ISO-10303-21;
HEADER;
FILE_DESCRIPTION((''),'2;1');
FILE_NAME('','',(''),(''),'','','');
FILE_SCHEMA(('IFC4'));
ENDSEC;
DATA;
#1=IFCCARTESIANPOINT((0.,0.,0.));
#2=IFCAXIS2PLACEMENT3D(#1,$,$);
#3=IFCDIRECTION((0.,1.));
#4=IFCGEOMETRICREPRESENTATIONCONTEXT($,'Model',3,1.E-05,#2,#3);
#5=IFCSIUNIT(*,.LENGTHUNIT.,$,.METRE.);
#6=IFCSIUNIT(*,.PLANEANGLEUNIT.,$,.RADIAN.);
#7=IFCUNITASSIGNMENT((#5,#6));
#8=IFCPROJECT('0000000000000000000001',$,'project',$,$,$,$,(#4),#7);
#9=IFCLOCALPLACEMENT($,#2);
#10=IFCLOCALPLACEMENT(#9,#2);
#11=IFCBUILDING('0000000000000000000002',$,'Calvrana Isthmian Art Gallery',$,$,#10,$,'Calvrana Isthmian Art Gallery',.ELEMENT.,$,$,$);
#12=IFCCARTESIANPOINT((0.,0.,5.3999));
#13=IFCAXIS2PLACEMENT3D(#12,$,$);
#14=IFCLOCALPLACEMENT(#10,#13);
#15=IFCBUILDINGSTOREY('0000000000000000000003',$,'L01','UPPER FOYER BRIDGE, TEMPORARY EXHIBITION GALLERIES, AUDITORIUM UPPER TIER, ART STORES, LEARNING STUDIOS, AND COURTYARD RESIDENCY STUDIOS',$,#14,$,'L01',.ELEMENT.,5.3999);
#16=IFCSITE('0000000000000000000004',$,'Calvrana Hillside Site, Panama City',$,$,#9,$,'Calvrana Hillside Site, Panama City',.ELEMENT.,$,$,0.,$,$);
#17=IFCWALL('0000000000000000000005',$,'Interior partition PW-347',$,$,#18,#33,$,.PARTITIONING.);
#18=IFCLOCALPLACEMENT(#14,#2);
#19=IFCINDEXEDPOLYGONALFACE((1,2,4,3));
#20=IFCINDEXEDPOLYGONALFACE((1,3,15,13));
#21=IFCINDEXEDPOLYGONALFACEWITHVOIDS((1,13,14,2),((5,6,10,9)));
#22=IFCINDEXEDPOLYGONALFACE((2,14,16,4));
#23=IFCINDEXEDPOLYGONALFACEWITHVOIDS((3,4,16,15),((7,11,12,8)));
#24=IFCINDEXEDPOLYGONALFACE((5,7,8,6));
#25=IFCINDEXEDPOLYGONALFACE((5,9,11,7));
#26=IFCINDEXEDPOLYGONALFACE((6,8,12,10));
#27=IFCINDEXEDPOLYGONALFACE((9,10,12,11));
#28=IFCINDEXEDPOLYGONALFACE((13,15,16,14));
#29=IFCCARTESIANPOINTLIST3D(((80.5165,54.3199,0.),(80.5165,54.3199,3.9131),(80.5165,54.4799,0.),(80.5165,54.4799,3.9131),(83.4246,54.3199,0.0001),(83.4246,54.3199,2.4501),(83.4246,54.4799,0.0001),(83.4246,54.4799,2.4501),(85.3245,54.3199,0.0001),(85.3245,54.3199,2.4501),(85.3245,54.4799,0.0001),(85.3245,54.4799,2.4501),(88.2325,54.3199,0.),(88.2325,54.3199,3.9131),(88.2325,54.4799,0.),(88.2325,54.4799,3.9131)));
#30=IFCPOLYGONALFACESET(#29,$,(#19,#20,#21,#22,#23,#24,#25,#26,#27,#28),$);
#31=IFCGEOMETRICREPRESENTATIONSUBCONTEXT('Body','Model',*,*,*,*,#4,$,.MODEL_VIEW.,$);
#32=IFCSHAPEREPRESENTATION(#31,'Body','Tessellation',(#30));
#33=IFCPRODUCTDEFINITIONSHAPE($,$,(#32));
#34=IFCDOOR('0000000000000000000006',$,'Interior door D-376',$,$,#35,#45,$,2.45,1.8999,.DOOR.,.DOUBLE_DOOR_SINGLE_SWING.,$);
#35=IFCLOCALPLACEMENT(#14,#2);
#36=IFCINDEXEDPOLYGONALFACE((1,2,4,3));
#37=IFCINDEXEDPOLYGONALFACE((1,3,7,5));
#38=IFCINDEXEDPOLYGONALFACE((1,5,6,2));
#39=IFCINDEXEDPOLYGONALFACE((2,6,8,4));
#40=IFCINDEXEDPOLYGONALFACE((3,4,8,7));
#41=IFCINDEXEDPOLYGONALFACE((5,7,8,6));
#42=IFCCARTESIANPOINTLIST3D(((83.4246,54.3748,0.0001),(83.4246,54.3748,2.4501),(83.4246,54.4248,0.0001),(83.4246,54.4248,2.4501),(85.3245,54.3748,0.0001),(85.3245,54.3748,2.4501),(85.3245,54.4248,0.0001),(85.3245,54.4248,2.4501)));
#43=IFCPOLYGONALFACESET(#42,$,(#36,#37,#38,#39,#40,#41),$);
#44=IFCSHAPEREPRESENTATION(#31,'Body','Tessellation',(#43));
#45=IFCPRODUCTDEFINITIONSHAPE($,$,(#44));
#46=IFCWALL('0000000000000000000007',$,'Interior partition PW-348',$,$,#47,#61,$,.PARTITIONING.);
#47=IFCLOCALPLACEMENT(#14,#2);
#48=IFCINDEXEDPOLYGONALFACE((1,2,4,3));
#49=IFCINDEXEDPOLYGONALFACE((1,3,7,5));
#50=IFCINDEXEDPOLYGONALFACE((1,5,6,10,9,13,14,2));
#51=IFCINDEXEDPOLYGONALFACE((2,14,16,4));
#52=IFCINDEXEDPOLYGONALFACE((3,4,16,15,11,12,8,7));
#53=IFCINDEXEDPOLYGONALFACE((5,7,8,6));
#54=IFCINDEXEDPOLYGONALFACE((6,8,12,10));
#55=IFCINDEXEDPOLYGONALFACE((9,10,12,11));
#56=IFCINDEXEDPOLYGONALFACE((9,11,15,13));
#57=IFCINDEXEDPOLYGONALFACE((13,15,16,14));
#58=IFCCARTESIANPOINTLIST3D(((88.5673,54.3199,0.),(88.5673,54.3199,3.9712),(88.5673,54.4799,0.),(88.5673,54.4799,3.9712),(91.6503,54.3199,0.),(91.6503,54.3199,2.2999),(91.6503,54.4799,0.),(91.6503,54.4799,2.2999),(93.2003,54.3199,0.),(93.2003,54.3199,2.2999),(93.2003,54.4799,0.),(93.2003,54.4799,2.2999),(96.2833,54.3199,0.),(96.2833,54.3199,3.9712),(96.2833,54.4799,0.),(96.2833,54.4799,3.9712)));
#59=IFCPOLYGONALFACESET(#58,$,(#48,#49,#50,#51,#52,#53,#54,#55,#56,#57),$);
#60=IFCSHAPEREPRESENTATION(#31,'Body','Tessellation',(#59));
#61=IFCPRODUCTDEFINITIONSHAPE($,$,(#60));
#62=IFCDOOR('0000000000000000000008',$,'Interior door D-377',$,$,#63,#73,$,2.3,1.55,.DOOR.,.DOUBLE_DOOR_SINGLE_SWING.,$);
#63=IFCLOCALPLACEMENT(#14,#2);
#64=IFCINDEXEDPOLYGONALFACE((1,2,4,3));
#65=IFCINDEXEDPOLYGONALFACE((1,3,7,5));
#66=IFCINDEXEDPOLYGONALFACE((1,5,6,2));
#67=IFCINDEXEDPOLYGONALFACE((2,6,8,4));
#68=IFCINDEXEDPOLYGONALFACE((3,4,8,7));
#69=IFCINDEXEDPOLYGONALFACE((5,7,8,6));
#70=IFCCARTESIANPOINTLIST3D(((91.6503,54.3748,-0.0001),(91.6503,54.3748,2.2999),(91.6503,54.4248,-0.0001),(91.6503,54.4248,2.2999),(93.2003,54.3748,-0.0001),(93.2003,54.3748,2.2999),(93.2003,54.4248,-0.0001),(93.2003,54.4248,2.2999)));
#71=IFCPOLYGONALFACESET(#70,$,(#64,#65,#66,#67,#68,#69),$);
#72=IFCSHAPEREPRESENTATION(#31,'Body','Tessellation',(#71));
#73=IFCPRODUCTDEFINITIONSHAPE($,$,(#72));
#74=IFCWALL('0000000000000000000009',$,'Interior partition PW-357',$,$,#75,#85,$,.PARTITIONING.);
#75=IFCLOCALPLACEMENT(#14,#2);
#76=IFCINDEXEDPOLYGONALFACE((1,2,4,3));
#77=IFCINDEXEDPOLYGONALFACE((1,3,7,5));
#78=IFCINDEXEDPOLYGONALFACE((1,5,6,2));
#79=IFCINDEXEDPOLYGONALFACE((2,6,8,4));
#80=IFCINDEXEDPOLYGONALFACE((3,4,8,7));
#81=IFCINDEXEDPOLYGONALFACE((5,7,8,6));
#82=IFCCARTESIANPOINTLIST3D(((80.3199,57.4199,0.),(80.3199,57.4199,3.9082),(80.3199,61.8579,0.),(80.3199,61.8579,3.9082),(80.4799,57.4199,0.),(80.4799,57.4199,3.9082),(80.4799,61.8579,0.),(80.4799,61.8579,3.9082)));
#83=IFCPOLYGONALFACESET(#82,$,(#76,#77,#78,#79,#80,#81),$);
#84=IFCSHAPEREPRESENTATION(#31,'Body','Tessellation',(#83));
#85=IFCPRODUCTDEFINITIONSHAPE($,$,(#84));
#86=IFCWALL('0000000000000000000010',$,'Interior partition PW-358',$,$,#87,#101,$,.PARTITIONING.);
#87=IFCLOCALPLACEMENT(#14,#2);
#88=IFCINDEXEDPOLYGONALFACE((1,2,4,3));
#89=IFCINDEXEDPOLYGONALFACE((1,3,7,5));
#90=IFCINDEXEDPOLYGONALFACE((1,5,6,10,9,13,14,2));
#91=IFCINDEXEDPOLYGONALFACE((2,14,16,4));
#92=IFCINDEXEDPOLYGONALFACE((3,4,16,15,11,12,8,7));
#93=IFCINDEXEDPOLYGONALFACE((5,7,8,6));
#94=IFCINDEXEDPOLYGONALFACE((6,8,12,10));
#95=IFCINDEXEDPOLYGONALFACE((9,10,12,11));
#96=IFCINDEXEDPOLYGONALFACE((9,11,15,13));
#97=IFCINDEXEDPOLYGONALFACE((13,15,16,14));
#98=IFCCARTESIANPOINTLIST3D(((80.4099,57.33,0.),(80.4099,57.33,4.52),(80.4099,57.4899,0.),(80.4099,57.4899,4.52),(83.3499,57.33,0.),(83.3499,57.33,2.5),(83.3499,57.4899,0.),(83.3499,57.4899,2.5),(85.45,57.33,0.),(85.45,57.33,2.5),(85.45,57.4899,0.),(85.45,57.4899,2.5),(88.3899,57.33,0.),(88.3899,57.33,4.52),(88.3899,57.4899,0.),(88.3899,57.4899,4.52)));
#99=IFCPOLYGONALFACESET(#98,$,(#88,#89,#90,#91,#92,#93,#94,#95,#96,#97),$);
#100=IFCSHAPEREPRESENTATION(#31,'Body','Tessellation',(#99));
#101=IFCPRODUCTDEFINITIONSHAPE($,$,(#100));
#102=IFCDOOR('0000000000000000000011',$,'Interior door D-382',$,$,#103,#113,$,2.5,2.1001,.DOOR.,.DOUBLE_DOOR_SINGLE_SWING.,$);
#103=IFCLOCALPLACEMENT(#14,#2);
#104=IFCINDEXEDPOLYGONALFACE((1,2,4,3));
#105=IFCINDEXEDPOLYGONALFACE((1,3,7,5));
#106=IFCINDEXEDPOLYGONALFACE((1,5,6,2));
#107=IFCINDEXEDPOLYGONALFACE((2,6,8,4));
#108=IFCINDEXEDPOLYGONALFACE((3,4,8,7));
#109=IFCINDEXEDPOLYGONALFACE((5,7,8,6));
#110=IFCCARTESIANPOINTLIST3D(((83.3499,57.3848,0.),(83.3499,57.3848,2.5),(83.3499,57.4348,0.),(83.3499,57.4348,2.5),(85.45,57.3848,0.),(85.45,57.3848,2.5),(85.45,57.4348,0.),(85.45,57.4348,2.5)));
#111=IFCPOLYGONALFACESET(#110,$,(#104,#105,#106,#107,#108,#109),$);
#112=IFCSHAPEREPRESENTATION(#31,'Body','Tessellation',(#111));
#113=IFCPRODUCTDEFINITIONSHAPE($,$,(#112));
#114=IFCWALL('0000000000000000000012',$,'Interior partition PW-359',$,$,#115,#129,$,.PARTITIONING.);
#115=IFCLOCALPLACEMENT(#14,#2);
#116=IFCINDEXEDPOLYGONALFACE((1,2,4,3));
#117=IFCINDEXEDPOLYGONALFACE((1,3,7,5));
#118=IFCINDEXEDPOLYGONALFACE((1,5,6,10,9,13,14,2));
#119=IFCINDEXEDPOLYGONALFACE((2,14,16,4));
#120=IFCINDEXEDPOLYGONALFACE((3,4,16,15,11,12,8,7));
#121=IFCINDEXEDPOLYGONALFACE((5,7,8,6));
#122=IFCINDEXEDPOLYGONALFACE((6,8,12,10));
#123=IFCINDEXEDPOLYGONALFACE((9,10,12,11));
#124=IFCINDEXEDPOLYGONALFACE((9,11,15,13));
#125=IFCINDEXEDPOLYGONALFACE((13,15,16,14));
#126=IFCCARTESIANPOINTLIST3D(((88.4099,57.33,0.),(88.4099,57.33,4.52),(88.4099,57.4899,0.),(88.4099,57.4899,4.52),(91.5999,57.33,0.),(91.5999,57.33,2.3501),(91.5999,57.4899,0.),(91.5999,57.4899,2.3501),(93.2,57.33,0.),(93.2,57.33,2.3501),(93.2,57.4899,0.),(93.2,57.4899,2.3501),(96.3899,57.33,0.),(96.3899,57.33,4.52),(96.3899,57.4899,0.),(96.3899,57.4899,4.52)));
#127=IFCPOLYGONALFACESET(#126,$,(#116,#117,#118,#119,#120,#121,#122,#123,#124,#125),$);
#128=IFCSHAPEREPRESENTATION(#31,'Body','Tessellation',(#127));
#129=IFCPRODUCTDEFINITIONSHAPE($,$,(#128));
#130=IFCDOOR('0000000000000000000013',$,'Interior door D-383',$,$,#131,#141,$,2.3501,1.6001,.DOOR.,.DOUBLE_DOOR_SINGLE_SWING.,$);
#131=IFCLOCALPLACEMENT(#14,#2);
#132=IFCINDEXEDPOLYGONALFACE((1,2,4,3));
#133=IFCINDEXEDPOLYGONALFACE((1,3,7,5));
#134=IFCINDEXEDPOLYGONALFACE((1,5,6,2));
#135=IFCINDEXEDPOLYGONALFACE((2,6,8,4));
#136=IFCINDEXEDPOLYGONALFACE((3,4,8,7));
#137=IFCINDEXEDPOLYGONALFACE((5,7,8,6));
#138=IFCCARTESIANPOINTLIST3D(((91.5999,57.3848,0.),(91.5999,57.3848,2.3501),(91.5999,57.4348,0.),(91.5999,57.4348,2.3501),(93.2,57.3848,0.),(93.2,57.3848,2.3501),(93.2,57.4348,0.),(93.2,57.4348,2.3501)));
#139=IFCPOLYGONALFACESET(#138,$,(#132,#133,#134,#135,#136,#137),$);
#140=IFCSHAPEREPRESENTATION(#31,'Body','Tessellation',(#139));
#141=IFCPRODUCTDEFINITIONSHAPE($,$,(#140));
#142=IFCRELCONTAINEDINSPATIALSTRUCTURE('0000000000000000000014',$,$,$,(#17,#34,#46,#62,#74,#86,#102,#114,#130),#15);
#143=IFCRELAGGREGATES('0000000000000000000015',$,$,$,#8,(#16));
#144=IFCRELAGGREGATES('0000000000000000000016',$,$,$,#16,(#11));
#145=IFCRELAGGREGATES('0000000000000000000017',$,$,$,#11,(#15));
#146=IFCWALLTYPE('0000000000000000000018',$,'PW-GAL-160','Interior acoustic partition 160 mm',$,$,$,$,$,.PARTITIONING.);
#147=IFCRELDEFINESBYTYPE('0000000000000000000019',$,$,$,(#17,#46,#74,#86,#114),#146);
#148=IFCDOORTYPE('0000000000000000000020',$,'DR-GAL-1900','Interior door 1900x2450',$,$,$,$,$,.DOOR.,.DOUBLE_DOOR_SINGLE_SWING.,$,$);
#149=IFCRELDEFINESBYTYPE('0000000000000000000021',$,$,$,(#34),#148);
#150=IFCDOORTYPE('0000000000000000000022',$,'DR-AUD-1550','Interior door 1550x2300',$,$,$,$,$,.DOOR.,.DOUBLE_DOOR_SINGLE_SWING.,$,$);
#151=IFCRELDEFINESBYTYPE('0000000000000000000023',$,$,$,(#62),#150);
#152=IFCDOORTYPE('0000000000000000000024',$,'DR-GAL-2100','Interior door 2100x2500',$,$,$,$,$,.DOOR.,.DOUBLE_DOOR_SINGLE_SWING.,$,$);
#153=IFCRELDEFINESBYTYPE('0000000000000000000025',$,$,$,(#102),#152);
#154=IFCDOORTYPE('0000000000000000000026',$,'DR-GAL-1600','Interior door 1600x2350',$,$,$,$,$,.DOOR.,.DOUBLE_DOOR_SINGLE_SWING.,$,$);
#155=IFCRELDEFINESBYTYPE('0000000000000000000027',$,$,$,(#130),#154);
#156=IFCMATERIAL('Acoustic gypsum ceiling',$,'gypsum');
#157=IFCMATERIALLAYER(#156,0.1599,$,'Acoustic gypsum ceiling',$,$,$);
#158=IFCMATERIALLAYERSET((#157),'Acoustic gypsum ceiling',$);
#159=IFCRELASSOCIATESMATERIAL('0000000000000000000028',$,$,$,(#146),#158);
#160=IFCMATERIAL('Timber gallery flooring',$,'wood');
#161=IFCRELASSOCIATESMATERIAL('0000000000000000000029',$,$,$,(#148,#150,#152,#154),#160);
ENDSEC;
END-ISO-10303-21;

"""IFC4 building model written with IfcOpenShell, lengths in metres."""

from ifc_helpers import new_model, si_unit, direction, frame, frame_2d, origin, place, context, subcontext, project, spatial, rectangle, extrude, material, layer, layer_set, type_object, element, fill, save


model = new_model("IFC4")

# Units and contexts
model_context = context("Model", 3, precision=1e-05, world=origin(), true_north=direction((0.0, 1.0)))
body_context = subcontext(model_context, "Body", "Model", "MODEL_VIEW")
ifc_project = project(units=[si_unit("LENGTHUNIT", "METRE"), si_unit("PLANEANGLEUNIT", "RADIAN")], contexts=[model_context])

# Site, building, storey
site_placement = place(None, origin())
site = spatial("IfcSite", under=ifc_project, at=site_placement, Name="Calvrana Hillside Site, Panama City", LongName="Calvrana Hillside Site, Panama City", CompositionType="ELEMENT", RefElevation=0.0)
building_placement = place(site_placement, origin())
building = spatial("IfcBuilding", under=site, at=building_placement, Name="Calvrana Isthmian Art Gallery", LongName="Calvrana Isthmian Art Gallery", CompositionType="ELEMENT")
storey_placement = place(building_placement, frame((0.0, 0.0, 5.3999)))
storey = spatial("IfcBuildingStorey", under=building, at=storey_placement, Name="L01", Description="UPPER FOYER BRIDGE, TEMPORARY EXHIBITION GALLERIES, AUDITORIUM UPPER TIER, ART STORES, LEARNING STUDIOS, AND COURTYARD RESIDENCY STUDIOS", LongName="L01", CompositionType="ELEMENT", Elevation=5.3999)

# Shared definitions
ifc_material_1 = material(Name="Acoustic gypsum ceiling", Category="gypsum")
ifc_layer_1 = layer(ifc_material_1, 0.1599, Name="Acoustic gypsum ceiling")
ifc_layer_set_1 = layer_set([ifc_layer_1], Name="Acoustic gypsum ceiling")
wall_type = type_object("IfcWallType", Name="PW-GAL-160", Description="Interior acoustic partition 160 mm", PredefinedType="PARTITIONING", material=ifc_layer_set_1)

# Walls, openings, doors
wall_1_placement = place(storey_placement, frame((80.5166, 54.3999, 0.0), z_axis=(0.0, 0.0, 1.0), x_axis=(1.0, 0.0, 0.0)))
wall_1 = element("IfcWall", 1, at=wall_1_placement, inside=storey, type_object=wall_type, Name="Interior partition PW-347", PredefinedType="PARTITIONING", context=body_context, shape_type="SweptSolid", body=[
    extrude(rectangle(XDim=7.7161, YDim=0.1599, at=frame_2d((3.8579, 0.0))), origin(), (0.0, 0.0, 1.0), 3.9131),
])
opening_1_placement = place(wall_1_placement, frame((2.908, 0.0, 0.0)))
opening_1 = element("IfcOpeningElement", 2, at=opening_1_placement, cuts=wall_1, PredefinedType="OPENING", context=body_context, shape_type="SweptSolid", body=[
    extrude(rectangle(XDim=1.8999, YDim=2.45, at=frame_2d((0.95, 1.2251))), frame((0.0, 0.0903, 0.0), z_axis=(0.0, -1.0, 0.0), x_axis=(1.0, 0.0, 0.0)), (0.0, 0.0, 1.0), 0.1804),
])
ifc_material_2 = material(Name="Timber gallery flooring", Category="wood")
door_type_1 = type_object("IfcDoorType", Name="DR-GAL-1900", Description="Interior door 1900x2450", OperationType="DOUBLE_DOOR_SINGLE_SWING", PredefinedType="DOOR", material=ifc_material_2)
door_1_placement = place(opening_1_placement, origin())
door_1 = element("IfcDoor", 3, at=door_1_placement, inside=storey, type_object=door_type_1, Name="Interior door D-376", OperationType="DOUBLE_DOOR_SINGLE_SWING", OverallHeight=2.45, OverallWidth=1.8999, PredefinedType="DOOR", context=body_context, shape_type="SweptSolid", body=[
    extrude(rectangle(XDim=1.8999, YDim=2.45, at=frame_2d((0.95, 1.2251))), frame((0.0, 0.0249, 0.0), z_axis=(0.0, -1.0, 0.0), x_axis=(1.0, 0.0, 0.0)), (0.0, 0.0, 1.0), 0.05),
])
fill(opening_1, door_1)
wall_2_placement = place(storey_placement, frame((88.5674, 54.3999, 0.0), z_axis=(0.0, 0.0, 1.0), x_axis=(1.0, 0.0, 0.0)))
wall_2 = element("IfcWall", 4, at=wall_2_placement, inside=storey, type_object=wall_type, Name="Interior partition PW-348", PredefinedType="PARTITIONING", context=body_context, shape_type="SweptSolid", body=[
    extrude(rectangle(XDim=7.7161, YDim=0.1599, at=frame_2d((3.8579, 0.0))), origin(), (0.0, 0.0, 1.0), 3.9712),
])
opening_2_placement = place(wall_2_placement, frame((3.083, 0.0, 0.0)))
opening_2 = element("IfcOpeningElement", 5, at=opening_2_placement, cuts=wall_2, PredefinedType="OPENING", context=body_context, shape_type="SweptSolid", body=[
    extrude(rectangle(XDim=1.55, YDim=2.3, at=frame_2d((0.7749, 1.1499))), frame((0.0, 0.0903, 0.0), z_axis=(0.0, -1.0, 0.0), x_axis=(1.0, 0.0, 0.0)), (0.0, 0.0, 1.0), 0.1804),
])
door_type_2 = type_object("IfcDoorType", Name="DR-AUD-1550", Description="Interior door 1550x2300", OperationType="DOUBLE_DOOR_SINGLE_SWING", PredefinedType="DOOR", material=ifc_material_2)
door_2_placement = place(opening_2_placement, origin())
door_2 = element("IfcDoor", 6, at=door_2_placement, inside=storey, type_object=door_type_2, Name="Interior door D-377", OperationType="DOUBLE_DOOR_SINGLE_SWING", OverallHeight=2.3, OverallWidth=1.55, PredefinedType="DOOR", context=body_context, shape_type="SweptSolid", body=[
    extrude(rectangle(XDim=1.55, YDim=2.3, at=frame_2d((0.7749, 1.1499))), frame((0.0, 0.0249, 0.0), z_axis=(0.0, -1.0, 0.0), x_axis=(1.0, 0.0, 0.0)), (0.0, 0.0, 1.0), 0.05),
])
fill(opening_2, door_2)

# Wall
wall_3_placement = place(storey_placement, frame((80.3999, 57.4199, 0.0), z_axis=(0.0, 0.0, 1.0), x_axis=(0.0, 1.0, 0.0)))
element("IfcWall", 7, at=wall_3_placement, inside=storey, type_object=wall_type, Name="Interior partition PW-357", PredefinedType="PARTITIONING", context=body_context, shape_type="SweptSolid", body=[
    extrude(rectangle(XDim=4.438, YDim=0.1599, at=frame_2d((2.219, 0.0))), origin(), (0.0, 0.0, 1.0), 3.9082),
])

# Walls, openings, doors
wall_4_placement = place(storey_placement, frame((80.4099, 57.4099, 0.0), z_axis=(0.0, 0.0, 1.0), x_axis=(1.0, 0.0, 0.0)))
wall_4 = element("IfcWall", 8, at=wall_4_placement, inside=storey, type_object=wall_type, Name="Interior partition PW-358", PredefinedType="PARTITIONING", context=body_context, shape_type="SweptSolid", body=[
    extrude(rectangle(XDim=7.98, YDim=0.1599, at=frame_2d((3.99, 0.0))), origin(), (0.0, 0.0, 1.0), 4.52),
])
opening_3_placement = place(wall_4_placement, frame((2.9399, 0.0, 0.0)))
opening_3 = element("IfcOpeningElement", 9, at=opening_3_placement, cuts=wall_4, PredefinedType="OPENING", context=body_context, shape_type="SweptSolid", body=[
    extrude(rectangle(XDim=2.1001, YDim=2.5, at=frame_2d((1.05, 1.25))), frame((0.0, 0.0903, 0.0), z_axis=(0.0, -1.0, 0.0), x_axis=(1.0, 0.0, 0.0)), (0.0, 0.0, 1.0), 0.1804),
])
door_type_3 = type_object("IfcDoorType", Name="DR-GAL-2100", Description="Interior door 2100x2500", OperationType="DOUBLE_DOOR_SINGLE_SWING", PredefinedType="DOOR", material=ifc_material_2)
door_3_placement = place(opening_3_placement, origin())
door_3 = element("IfcDoor", 10, at=door_3_placement, inside=storey, type_object=door_type_3, Name="Interior door D-382", OperationType="DOUBLE_DOOR_SINGLE_SWING", OverallHeight=2.5, OverallWidth=2.1001, PredefinedType="DOOR", context=body_context, shape_type="SweptSolid", body=[
    extrude(rectangle(XDim=2.1001, YDim=2.5, at=frame_2d((1.05, 1.25))), frame((0.0, 0.0249, 0.0), z_axis=(0.0, -1.0, 0.0), x_axis=(1.0, 0.0, 0.0)), (0.0, 0.0, 1.0), 0.05),
])
fill(opening_3, door_3)
wall_5_placement = place(storey_placement, frame((88.4099, 57.4099, 0.0), z_axis=(0.0, 0.0, 1.0), x_axis=(1.0, 0.0, 0.0)))
wall_5 = element("IfcWall", 11, at=wall_5_placement, inside=storey, type_object=wall_type, Name="Interior partition PW-359", PredefinedType="PARTITIONING", context=body_context, shape_type="SweptSolid", body=[
    extrude(rectangle(XDim=7.98, YDim=0.1599, at=frame_2d((3.99, 0.0))), origin(), (0.0, 0.0, 1.0), 4.52),
])
opening_4_placement = place(wall_5_placement, frame((3.1899, 0.0, 0.0)))
opening_4 = element("IfcOpeningElement", 12, at=opening_4_placement, cuts=wall_5, PredefinedType="OPENING", context=body_context, shape_type="SweptSolid", body=[
    extrude(rectangle(XDim=1.6001, YDim=2.3501, at=frame_2d((0.8, 1.175))), frame((0.0, 0.0903, 0.0), z_axis=(0.0, -1.0, 0.0), x_axis=(1.0, 0.0, 0.0)), (0.0, 0.0, 1.0), 0.1804),
])
door_type_4 = type_object("IfcDoorType", Name="DR-GAL-1600", Description="Interior door 1600x2350", OperationType="DOUBLE_DOOR_SINGLE_SWING", PredefinedType="DOOR", material=ifc_material_2)
door_4_placement = place(opening_4_placement, origin())
door_4 = element("IfcDoor", 13, at=door_4_placement, inside=storey, type_object=door_type_4, Name="Interior door D-383", OperationType="DOUBLE_DOOR_SINGLE_SWING", OverallHeight=2.3501, OverallWidth=1.6001, PredefinedType="DOOR", context=body_context, shape_type="SweptSolid", body=[
    extrude(rectangle(XDim=1.6001, YDim=2.3501, at=frame_2d((0.8, 1.175))), frame((0.0, 0.0249, 0.0), z_axis=(0.0, -1.0, 0.0), x_axis=(1.0, 0.0, 0.0)), (0.0, 0.0, 1.0), 0.05),
])
fill(opening_4, door_4)

save(model, "model.ifc")
